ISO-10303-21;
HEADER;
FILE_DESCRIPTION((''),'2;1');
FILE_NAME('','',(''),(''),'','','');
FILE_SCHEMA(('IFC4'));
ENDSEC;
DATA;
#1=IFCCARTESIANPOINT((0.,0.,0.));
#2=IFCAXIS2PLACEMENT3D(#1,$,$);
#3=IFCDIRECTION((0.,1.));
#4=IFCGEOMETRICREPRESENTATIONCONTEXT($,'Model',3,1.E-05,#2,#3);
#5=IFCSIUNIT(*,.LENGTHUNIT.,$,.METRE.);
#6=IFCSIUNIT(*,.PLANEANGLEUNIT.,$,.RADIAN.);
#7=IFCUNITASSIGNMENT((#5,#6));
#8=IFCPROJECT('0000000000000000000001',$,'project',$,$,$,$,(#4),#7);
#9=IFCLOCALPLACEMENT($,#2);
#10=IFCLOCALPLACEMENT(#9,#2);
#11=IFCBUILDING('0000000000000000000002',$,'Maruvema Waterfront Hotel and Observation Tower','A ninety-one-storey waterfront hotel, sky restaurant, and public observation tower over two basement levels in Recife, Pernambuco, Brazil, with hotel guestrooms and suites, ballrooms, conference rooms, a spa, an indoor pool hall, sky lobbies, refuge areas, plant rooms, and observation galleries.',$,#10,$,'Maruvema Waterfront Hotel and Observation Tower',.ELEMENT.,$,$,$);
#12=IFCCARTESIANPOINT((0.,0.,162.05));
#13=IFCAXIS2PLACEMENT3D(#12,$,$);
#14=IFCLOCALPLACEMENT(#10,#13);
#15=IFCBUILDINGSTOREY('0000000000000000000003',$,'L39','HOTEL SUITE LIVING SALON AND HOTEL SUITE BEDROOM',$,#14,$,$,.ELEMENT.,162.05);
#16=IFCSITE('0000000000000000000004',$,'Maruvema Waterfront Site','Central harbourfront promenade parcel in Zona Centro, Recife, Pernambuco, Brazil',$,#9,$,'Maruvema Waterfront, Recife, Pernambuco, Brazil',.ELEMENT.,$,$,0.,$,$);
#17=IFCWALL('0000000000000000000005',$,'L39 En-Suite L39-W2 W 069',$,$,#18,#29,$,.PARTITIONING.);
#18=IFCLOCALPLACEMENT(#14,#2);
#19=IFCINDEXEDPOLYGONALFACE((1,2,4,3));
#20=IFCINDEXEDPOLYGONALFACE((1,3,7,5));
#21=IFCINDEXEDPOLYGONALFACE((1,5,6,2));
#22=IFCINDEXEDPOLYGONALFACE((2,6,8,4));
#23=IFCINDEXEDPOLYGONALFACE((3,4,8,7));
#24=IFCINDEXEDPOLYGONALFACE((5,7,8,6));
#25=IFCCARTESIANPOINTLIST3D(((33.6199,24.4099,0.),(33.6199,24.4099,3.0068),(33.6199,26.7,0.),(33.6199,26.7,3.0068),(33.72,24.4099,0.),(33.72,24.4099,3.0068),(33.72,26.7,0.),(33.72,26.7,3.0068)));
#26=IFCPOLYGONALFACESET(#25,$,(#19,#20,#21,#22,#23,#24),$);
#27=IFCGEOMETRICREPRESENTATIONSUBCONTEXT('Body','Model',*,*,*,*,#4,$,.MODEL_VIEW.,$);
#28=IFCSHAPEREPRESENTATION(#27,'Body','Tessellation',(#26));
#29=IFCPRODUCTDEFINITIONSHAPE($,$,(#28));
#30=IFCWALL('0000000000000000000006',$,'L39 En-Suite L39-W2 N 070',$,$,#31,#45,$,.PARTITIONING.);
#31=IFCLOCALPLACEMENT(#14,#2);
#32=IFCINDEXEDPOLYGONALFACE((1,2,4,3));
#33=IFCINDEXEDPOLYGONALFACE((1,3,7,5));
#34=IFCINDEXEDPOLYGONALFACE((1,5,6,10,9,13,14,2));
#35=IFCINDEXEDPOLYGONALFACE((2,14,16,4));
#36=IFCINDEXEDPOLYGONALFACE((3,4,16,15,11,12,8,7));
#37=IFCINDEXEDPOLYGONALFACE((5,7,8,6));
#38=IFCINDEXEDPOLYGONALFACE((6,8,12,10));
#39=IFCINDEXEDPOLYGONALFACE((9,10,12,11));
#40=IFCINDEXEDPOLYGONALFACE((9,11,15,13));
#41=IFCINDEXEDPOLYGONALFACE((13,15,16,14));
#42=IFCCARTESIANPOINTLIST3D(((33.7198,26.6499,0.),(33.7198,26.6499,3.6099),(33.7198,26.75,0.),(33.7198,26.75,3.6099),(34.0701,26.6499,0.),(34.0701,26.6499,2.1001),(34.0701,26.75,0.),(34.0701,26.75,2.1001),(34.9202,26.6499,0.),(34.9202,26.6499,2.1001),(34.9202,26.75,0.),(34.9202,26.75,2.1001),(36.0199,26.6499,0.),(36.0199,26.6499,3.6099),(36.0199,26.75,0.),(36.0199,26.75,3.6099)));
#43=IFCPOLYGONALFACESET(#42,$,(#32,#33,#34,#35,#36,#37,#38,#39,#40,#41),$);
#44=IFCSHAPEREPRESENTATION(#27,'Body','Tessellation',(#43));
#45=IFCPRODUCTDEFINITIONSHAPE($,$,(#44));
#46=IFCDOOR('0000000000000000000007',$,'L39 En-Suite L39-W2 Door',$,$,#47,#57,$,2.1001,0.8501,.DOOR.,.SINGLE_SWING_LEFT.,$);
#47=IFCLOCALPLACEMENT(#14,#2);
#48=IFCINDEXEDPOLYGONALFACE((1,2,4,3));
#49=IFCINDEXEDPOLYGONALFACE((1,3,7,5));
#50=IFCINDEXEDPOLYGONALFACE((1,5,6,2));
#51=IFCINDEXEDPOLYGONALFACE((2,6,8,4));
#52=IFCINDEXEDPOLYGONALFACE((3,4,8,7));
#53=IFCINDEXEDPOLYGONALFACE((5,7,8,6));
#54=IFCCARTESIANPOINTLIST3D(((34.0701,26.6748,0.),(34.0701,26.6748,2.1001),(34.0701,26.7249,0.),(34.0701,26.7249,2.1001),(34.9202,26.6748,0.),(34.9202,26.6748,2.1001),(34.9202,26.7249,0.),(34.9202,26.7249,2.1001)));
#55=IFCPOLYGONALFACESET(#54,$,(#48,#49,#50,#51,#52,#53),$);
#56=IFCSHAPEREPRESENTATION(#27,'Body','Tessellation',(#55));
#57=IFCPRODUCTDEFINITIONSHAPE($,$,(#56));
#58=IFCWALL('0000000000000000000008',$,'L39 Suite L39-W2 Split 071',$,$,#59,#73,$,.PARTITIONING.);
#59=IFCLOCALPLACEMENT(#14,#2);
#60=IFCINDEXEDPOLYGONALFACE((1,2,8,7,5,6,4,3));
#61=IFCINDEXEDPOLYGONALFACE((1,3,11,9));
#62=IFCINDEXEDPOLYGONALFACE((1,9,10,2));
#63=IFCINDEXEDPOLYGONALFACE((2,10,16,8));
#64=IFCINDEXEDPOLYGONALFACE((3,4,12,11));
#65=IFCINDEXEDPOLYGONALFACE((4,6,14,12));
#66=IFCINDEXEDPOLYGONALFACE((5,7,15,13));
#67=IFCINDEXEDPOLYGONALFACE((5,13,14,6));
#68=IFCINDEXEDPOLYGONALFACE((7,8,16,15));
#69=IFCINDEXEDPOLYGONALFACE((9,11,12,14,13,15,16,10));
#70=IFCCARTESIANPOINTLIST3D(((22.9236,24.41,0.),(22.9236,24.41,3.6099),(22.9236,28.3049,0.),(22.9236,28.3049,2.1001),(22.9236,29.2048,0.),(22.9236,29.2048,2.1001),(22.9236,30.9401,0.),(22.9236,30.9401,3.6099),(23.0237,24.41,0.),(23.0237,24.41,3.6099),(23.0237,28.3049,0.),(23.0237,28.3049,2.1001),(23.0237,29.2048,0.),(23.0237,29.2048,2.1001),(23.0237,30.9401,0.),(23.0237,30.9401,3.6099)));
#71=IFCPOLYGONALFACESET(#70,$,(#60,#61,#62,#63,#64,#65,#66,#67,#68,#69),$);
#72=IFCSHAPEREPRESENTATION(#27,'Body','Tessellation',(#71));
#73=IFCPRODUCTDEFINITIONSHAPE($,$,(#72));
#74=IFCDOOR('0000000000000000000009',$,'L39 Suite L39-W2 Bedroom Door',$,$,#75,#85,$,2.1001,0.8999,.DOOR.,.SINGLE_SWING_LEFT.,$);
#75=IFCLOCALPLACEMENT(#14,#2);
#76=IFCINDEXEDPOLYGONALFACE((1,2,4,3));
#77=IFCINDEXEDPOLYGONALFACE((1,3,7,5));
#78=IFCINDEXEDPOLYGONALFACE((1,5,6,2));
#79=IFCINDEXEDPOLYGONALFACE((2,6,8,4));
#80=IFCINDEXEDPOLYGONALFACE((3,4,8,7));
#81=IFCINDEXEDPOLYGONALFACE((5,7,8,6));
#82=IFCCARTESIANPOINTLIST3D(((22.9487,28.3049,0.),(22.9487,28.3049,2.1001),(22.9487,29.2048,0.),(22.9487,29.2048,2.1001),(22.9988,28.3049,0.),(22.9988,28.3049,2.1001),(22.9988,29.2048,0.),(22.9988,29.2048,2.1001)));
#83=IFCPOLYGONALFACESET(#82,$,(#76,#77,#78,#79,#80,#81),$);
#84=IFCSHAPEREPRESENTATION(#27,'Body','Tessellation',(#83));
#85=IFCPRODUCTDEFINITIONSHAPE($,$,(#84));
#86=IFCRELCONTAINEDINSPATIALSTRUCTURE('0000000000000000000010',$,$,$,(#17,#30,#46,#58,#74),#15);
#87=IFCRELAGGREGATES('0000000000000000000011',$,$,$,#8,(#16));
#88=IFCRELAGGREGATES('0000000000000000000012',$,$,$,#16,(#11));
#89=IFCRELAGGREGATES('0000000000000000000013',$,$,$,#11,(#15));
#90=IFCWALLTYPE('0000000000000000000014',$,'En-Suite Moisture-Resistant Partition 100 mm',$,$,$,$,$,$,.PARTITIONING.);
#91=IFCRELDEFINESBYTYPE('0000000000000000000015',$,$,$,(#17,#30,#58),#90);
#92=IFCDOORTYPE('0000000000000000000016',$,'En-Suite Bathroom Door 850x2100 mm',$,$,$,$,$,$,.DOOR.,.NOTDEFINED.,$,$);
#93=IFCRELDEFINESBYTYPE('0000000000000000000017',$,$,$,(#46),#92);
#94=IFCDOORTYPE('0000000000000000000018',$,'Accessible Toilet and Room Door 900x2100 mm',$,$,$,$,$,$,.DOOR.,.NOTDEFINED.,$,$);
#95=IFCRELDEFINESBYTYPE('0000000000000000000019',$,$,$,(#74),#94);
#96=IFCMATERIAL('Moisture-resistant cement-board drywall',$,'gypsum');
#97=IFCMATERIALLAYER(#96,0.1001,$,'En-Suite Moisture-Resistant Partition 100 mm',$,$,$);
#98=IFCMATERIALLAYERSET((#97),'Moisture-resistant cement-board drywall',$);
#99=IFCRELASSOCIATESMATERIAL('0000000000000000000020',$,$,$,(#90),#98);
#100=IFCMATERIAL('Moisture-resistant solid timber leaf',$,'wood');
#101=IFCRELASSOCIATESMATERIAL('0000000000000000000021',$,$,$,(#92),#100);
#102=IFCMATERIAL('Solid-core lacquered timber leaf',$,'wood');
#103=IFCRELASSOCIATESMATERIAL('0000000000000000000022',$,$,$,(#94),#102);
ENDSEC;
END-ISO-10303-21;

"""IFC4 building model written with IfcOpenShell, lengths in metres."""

from ifc_helpers import new_model, si_unit, direction, frame, frame_2d, origin, place, context, subcontext, project, spatial, rectangle, extrude, material, layer, layer_set, type_object, element, fill, save


model = new_model("IFC4")

# Units and contexts
model_context = context("Model", 3, precision=1e-05, world=origin(), true_north=direction((0.0, 1.0)))
body_context = subcontext(model_context, "Body", "Model", "MODEL_VIEW")
ifc_project = project(units=[si_unit("LENGTHUNIT", "METRE"), si_unit("PLANEANGLEUNIT", "RADIAN")], contexts=[model_context])

# Site, building, storey
site_placement = place(None, origin())
site = spatial("IfcSite", under=ifc_project, at=site_placement, Name="Maruvema Waterfront Site", Description="Central harbourfront promenade parcel in Zona Centro, Recife, Pernambuco, Brazil", LongName="Maruvema Waterfront, Recife, Pernambuco, Brazil", CompositionType="ELEMENT", RefElevation=0.0)
building_placement = place(site_placement, origin())
building = spatial("IfcBuilding", under=site, at=building_placement, Name="Maruvema Waterfront Hotel and Observation Tower", Description="A ninety-one-storey waterfront hotel, sky restaurant, and public observation tower over two basement levels in Recife, Pernambuco, Brazil, with hotel guestrooms and suites, ballrooms, conference rooms, a spa, an indoor pool hall, sky lobbies, refuge areas, plant rooms, and observation galleries.", LongName="Maruvema Waterfront Hotel and Observation Tower", CompositionType="ELEMENT")
storey_placement = place(building_placement, frame((0.0, 0.0, 162.05)))
storey = spatial("IfcBuildingStorey", under=building, at=storey_placement, Name="L39", Description="HOTEL SUITE LIVING SALON AND HOTEL SUITE BEDROOM", CompositionType="ELEMENT", Elevation=162.05)

# Shared definitions
ifc_material_1 = material(Name="Moisture-resistant cement-board drywall", Category="gypsum")
ifc_layer_1 = layer(ifc_material_1, 0.1001, Name="En-Suite Moisture-Resistant Partition 100 mm")
ifc_layer_set_1 = layer_set([ifc_layer_1], Name="Moisture-resistant cement-board drywall")
wall_type = type_object("IfcWallType", Name="En-Suite Moisture-Resistant Partition 100 mm", PredefinedType="PARTITIONING", material=ifc_layer_set_1)

# Shared definitions
ifc_material_2 = material(Name="Moisture-resistant solid timber leaf", Category="wood")
door_type_1 = type_object("IfcDoorType", Name="En-Suite Bathroom Door 850x2100 mm", OperationType="NOTDEFINED", PredefinedType="DOOR", material=ifc_material_2)

# Wall
wall_1_placement = place(storey_placement, frame((33.6699, 24.4099, 0.0), z_axis=(0.0, 0.0, 1.0), x_axis=(0.0, 1.0, 0.0)))
element("IfcWall", 1, at=wall_1_placement, inside=storey, type_object=wall_type, Name="L39 En-Suite L39-W2 W 069", PredefinedType="PARTITIONING", context=body_context, shape_type="SweptSolid", body=[
    extrude(rectangle(XDim=2.29, YDim=0.1001, at=frame_2d((1.145, 0.0))), origin(), (0.0, 0.0, 1.0), 3.0068),
])

# Walls, openings, doors
wall_2_placement = place(storey_placement, frame((33.72, 26.7, 0.0), z_axis=(0.0, 0.0, 1.0), x_axis=(1.0, 0.0, 0.0)))
wall_2 = element("IfcWall", 2, at=wall_2_placement, inside=storey, type_object=wall_type, Name="L39 En-Suite L39-W2 N 070", PredefinedType="PARTITIONING", context=body_context, shape_type="SweptSolid", body=[
    extrude(rectangle(XDim=2.3, YDim=0.1001, at=frame_2d((1.1499, 0.0))), origin(), (0.0, 0.0, 1.0), 3.6099),
])
opening_1_placement = place(wall_2_placement, frame((0.3501, 0.0, 0.0)))
opening_1 = element("IfcOpeningElement", 3, at=opening_1_placement, cuts=wall_2, PredefinedType="OPENING", context=body_context, shape_type="SweptSolid", body=[
    extrude(rectangle(XDim=0.8501, YDim=2.1001, at=frame_2d((0.425, 1.05))), frame((0.0, 0.0601, 0.0), z_axis=(0.0, -1.0, 0.0), x_axis=(1.0, 0.0, 0.0)), (0.0, 0.0, 1.0), 0.1201),
])
door_1_placement = place(opening_1_placement, origin())
door_1 = element("IfcDoor", 4, at=door_1_placement, inside=storey, type_object=door_type_1, Name="L39 En-Suite L39-W2 Door", OperationType="SINGLE_SWING_LEFT", OverallHeight=2.1001, OverallWidth=0.8501, PredefinedType="DOOR", context=body_context, shape_type="SweptSolid", body=[
    extrude(rectangle(XDim=0.8501, YDim=2.1001, at=frame_2d((0.425, 1.05))), frame((0.0, 0.0249, 0.0), z_axis=(0.0, -1.0, 0.0), x_axis=(1.0, 0.0, 0.0)), (0.0, 0.0, 1.0), 0.05),
])
fill(opening_1, door_1)
wall_3_placement = place(storey_placement, frame((22.9736, 24.4099, 0.0), z_axis=(0.0, 0.0, 1.0), x_axis=(0.0, 1.0, 0.0)))
wall_3 = element("IfcWall", 5, at=wall_3_placement, inside=storey, type_object=wall_type, Name="L39 Suite L39-W2 Split 071", PredefinedType="PARTITIONING", context=body_context, shape_type="SweptSolid", body=[
    extrude(rectangle(XDim=6.53, YDim=0.1001, at=frame_2d((3.2651, 0.0))), origin(), (0.0, 0.0, 1.0), 3.6099),
])
opening_2_placement = place(wall_3_placement, frame((3.895, 0.0, 0.0)))
opening_2 = element("IfcOpeningElement", 6, at=opening_2_placement, cuts=wall_3, PredefinedType="OPENING", context=body_context, shape_type="SweptSolid", body=[
    extrude(rectangle(XDim=0.8999, YDim=2.1001, at=frame_2d((0.45, 1.05))), frame((0.0, 0.0601, 0.0), z_axis=(0.0, -1.0, 0.0), x_axis=(1.0, 0.0, 0.0)), (0.0, 0.0, 1.0), 0.1201),
])
ifc_material_3 = material(Name="Solid-core lacquered timber leaf", Category="wood")
door_type_2 = type_object("IfcDoorType", Name="Accessible Toilet and Room Door 900x2100 mm", OperationType="NOTDEFINED", PredefinedType="DOOR", material=ifc_material_3)
door_2_placement = place(opening_2_placement, origin())
door_2 = element("IfcDoor", 7, at=door_2_placement, inside=storey, type_object=door_type_2, Name="L39 Suite L39-W2 Bedroom Door", OperationType="SINGLE_SWING_LEFT", OverallHeight=2.1001, OverallWidth=0.8999, PredefinedType="DOOR", context=body_context, shape_type="SweptSolid", body=[
    extrude(rectangle(XDim=0.8999, YDim=2.1001, at=frame_2d((0.45, 1.05))), frame((0.0, 0.0249, 0.0), z_axis=(0.0, -1.0, 0.0), x_axis=(1.0, 0.0, 0.0)), (0.0, 0.0, 1.0), 0.05),
])
fill(opening_2, door_2)

save(model, "model.ifc")
